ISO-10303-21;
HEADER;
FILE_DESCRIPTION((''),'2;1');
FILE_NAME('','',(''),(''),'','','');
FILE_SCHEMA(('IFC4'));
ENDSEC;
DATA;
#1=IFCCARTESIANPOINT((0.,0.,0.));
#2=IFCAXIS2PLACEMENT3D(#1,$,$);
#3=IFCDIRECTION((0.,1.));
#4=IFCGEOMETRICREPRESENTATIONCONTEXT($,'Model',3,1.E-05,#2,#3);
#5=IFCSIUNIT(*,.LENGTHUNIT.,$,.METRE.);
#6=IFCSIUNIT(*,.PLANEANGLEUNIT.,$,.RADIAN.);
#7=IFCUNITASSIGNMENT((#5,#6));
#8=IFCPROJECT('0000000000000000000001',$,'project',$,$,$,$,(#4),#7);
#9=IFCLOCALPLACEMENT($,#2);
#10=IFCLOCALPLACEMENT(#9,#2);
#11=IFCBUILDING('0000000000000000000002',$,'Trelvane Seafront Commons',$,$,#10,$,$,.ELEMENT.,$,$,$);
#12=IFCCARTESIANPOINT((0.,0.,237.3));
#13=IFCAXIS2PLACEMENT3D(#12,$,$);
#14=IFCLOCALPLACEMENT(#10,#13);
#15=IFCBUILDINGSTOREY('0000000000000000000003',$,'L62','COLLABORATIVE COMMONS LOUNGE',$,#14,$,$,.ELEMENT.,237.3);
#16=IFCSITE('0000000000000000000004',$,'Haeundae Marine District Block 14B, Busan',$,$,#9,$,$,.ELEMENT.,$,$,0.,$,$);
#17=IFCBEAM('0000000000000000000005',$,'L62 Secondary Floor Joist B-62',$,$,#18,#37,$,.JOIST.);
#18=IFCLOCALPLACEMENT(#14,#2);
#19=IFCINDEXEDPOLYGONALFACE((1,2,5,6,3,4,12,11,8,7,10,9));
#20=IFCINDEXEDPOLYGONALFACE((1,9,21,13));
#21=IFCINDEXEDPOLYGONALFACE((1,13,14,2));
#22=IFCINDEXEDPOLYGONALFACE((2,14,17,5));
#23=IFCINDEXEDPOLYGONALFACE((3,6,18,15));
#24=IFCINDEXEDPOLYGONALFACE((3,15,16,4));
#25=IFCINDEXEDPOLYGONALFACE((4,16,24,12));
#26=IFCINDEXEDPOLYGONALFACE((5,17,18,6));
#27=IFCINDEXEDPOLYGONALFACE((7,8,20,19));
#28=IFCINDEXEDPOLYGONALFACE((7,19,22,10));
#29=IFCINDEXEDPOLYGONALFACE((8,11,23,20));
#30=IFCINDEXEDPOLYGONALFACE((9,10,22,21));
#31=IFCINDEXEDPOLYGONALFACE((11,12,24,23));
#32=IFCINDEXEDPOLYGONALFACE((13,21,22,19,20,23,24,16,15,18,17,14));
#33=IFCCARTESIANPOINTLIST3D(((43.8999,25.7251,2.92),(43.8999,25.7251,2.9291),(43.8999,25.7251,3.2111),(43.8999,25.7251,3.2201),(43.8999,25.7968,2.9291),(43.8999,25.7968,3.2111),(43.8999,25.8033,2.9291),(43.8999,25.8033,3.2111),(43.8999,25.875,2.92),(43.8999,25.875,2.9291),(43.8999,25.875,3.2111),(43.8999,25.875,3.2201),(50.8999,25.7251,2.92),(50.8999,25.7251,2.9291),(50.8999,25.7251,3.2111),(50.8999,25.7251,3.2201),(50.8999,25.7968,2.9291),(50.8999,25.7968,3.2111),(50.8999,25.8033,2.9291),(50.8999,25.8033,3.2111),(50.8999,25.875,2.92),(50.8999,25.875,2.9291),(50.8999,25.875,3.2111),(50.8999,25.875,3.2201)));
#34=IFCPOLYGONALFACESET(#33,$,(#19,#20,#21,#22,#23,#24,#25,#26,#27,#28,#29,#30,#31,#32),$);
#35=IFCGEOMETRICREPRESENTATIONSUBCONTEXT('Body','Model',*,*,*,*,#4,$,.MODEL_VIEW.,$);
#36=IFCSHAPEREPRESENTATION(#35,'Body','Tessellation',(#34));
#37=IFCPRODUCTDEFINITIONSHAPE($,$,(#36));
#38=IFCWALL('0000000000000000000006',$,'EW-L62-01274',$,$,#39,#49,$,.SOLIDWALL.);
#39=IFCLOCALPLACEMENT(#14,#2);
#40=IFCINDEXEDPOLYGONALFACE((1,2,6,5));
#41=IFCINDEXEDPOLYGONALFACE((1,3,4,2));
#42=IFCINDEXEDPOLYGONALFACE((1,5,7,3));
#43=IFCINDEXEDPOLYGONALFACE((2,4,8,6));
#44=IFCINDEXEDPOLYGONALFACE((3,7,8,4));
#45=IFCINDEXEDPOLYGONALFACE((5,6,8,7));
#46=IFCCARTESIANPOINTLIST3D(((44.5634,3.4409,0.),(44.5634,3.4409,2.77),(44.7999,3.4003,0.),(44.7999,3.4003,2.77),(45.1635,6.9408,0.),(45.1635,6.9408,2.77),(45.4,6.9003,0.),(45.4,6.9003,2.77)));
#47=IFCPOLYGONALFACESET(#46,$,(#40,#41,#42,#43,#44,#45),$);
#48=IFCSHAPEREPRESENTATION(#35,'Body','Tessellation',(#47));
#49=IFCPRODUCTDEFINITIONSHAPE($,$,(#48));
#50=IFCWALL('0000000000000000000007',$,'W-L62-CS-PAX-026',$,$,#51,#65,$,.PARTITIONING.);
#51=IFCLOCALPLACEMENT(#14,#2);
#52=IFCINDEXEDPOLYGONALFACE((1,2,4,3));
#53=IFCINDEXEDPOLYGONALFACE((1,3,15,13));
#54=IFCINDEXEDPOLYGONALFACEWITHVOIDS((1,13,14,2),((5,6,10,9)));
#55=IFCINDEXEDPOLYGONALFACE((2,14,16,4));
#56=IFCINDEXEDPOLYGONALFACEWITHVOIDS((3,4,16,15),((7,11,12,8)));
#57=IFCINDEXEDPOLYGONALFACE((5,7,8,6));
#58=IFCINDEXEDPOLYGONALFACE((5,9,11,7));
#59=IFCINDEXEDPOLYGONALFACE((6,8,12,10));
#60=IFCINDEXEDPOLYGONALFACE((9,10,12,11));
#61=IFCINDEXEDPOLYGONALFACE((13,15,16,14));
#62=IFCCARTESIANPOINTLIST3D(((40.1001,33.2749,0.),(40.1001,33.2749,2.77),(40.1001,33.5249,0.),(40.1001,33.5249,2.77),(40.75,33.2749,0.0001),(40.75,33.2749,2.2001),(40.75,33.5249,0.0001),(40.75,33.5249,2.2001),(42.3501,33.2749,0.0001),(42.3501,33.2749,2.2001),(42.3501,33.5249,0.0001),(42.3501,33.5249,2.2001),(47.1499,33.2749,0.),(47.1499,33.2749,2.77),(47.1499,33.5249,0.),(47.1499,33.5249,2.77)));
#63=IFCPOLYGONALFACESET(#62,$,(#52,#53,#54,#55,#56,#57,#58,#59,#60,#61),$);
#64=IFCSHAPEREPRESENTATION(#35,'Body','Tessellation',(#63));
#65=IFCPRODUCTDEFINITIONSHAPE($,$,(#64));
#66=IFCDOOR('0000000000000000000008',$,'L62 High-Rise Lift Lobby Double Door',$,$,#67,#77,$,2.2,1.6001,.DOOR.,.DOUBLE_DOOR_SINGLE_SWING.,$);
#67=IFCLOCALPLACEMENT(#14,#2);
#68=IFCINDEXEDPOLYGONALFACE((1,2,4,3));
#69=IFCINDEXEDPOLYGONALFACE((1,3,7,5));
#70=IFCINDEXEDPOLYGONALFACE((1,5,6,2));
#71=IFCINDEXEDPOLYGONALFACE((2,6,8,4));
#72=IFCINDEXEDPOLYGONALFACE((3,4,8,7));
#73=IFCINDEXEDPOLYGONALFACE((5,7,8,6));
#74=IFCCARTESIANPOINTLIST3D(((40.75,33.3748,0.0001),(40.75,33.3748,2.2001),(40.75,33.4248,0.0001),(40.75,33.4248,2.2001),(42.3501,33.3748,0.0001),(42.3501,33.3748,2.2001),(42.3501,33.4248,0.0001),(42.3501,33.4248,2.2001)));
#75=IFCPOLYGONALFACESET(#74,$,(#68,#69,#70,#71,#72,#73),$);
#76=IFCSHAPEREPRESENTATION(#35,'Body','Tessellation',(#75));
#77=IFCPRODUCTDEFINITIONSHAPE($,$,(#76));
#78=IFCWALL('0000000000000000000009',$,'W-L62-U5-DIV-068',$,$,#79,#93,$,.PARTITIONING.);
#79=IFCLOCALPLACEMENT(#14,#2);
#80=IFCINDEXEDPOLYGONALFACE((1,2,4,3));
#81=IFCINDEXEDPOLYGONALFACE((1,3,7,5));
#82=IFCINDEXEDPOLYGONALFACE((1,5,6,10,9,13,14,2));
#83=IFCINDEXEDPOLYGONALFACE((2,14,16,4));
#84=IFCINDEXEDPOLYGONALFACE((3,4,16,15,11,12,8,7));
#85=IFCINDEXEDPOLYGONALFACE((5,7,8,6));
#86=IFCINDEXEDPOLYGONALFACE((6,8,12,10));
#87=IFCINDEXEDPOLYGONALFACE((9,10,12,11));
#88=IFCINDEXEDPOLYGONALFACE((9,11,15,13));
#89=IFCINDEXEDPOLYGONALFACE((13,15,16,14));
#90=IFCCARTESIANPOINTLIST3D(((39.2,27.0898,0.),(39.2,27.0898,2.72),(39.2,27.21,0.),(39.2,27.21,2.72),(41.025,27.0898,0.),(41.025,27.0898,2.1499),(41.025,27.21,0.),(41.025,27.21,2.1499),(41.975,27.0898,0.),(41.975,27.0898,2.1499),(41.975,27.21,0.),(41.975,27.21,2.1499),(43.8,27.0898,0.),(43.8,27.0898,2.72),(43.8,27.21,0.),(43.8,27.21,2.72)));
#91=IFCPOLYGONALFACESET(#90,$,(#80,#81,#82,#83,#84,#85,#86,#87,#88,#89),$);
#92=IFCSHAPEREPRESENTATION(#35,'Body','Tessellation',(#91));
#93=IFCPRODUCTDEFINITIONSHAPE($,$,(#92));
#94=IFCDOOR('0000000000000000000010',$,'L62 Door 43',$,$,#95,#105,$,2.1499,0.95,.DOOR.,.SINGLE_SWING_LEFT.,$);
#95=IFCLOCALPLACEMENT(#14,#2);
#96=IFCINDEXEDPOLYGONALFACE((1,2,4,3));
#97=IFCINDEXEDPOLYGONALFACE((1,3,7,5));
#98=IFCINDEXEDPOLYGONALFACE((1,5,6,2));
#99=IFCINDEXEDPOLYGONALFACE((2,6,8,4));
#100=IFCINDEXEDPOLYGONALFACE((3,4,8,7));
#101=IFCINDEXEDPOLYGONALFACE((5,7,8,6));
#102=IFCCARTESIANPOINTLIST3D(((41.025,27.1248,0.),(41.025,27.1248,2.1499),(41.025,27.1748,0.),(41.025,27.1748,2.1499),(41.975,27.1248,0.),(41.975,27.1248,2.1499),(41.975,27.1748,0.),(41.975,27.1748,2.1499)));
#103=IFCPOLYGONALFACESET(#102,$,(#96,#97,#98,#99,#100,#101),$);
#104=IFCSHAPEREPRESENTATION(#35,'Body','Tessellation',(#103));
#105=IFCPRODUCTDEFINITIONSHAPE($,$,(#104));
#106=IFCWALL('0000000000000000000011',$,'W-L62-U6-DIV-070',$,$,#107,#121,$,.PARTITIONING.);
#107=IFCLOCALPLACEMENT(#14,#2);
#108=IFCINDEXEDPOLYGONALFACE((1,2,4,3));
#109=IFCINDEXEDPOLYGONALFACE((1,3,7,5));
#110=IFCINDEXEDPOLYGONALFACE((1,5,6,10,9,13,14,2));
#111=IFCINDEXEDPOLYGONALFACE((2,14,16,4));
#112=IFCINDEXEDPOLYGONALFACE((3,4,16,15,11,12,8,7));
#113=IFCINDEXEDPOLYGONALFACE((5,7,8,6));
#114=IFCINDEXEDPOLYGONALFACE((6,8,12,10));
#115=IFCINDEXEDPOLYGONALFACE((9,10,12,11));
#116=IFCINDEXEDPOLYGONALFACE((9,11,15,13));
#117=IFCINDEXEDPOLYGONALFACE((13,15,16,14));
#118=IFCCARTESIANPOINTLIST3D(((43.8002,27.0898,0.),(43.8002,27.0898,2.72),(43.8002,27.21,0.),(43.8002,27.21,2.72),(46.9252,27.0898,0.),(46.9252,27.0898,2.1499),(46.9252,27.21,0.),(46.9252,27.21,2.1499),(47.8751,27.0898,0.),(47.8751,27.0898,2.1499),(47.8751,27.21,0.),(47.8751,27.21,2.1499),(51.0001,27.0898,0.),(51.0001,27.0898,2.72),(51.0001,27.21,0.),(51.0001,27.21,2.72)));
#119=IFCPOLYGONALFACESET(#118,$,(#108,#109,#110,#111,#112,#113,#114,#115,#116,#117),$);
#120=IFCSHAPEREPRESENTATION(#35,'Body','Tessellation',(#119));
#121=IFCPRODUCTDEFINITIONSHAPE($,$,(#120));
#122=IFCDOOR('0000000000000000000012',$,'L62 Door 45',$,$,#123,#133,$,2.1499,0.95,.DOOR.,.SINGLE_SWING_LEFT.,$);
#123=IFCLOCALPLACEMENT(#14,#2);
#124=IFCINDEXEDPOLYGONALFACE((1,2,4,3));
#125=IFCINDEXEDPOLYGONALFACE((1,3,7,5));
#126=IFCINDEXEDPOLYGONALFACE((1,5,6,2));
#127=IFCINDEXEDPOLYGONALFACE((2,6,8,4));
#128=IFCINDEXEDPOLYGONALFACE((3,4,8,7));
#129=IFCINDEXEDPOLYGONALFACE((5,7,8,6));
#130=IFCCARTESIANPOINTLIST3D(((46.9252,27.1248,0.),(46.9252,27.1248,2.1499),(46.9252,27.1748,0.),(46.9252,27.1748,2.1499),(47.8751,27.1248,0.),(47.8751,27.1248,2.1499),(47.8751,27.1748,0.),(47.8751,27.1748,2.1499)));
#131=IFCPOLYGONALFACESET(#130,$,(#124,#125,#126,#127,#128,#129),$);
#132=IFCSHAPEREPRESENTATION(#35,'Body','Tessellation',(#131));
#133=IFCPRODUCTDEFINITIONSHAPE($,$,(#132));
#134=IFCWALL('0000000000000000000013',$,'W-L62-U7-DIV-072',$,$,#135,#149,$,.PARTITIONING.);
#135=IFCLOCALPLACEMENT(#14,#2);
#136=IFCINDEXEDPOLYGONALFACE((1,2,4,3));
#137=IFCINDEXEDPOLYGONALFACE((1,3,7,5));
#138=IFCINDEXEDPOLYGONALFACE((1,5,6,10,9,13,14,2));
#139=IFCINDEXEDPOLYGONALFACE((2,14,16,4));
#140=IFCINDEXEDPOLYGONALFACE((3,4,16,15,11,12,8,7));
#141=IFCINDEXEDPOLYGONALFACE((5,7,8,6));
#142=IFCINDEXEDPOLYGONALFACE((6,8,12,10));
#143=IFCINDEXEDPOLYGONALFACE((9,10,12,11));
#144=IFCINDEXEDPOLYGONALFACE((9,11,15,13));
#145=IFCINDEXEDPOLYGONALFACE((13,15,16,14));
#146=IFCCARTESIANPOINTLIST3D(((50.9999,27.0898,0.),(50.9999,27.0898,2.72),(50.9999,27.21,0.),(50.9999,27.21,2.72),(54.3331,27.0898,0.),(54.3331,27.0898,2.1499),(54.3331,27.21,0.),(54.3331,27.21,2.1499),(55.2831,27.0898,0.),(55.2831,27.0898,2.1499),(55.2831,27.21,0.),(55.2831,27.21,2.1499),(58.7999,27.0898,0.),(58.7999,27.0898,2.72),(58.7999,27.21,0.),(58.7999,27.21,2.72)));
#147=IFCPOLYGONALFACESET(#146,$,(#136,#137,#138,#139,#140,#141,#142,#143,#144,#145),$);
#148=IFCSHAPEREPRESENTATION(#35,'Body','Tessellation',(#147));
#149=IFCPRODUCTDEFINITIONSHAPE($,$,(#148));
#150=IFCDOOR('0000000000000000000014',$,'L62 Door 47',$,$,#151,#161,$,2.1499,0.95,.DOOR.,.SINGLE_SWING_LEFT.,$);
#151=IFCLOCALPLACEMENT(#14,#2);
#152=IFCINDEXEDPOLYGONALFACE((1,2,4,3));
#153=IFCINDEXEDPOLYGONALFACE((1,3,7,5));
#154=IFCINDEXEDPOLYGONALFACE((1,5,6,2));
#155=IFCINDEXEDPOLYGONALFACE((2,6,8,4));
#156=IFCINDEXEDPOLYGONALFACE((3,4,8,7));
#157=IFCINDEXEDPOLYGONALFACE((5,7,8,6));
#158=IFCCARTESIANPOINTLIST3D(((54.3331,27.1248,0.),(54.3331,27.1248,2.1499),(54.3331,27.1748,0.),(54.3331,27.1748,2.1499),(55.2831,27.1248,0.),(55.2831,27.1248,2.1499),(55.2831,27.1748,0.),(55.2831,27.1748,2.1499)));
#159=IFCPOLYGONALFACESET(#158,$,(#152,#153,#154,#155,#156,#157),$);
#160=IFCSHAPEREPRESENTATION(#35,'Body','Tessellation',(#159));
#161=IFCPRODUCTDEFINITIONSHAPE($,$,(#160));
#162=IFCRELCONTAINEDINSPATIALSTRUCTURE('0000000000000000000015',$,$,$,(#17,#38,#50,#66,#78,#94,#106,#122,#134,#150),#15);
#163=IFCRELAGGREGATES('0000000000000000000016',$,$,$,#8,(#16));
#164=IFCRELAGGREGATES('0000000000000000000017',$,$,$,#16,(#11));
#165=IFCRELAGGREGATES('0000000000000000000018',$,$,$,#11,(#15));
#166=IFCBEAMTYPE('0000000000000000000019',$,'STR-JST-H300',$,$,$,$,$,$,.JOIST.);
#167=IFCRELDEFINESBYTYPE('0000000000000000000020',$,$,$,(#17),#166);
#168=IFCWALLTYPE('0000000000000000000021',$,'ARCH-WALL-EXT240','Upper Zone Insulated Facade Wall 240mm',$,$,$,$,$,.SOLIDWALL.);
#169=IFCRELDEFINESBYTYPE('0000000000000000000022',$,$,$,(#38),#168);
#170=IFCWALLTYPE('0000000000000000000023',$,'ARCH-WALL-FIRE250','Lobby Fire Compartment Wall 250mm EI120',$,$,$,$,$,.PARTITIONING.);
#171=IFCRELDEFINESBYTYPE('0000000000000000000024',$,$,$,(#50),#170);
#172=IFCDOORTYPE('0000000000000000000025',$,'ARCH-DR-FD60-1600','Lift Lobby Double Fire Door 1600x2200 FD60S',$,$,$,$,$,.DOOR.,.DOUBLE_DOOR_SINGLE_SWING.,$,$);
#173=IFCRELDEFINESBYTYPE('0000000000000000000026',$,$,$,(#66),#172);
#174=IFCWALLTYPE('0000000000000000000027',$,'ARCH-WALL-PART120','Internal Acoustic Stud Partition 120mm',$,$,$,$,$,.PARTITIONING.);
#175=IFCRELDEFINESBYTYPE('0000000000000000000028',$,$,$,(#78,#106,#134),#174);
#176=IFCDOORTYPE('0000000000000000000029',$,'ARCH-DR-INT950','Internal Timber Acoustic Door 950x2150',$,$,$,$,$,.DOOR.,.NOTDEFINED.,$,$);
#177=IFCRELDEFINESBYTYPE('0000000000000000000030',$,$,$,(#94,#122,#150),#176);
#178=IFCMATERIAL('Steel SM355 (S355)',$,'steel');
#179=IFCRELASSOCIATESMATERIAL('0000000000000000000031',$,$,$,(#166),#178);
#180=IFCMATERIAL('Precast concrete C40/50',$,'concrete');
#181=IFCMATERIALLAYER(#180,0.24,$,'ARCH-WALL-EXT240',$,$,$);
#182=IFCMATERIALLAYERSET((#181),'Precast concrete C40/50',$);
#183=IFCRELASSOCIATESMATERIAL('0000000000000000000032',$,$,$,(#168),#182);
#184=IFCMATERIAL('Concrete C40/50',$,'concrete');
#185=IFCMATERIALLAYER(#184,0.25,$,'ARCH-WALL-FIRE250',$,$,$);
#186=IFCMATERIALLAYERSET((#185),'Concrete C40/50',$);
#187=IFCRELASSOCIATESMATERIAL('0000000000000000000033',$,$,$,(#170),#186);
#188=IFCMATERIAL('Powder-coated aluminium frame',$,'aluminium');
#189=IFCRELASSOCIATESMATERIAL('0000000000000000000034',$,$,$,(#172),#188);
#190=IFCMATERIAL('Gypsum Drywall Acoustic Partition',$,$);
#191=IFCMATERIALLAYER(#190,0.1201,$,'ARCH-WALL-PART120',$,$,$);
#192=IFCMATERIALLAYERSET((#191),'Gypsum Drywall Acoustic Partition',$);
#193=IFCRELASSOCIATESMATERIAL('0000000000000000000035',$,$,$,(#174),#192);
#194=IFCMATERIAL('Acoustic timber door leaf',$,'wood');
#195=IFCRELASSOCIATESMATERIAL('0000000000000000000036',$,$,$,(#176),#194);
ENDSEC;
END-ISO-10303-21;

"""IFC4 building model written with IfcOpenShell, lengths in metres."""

from ifc_helpers import new_model, si_unit, direction, frame, frame_2d, origin, origin_2d, place, context, subcontext, project, spatial, rectangle, i_section, extrude, source, transform, mapped, material, layer, layer_set, material_profile, profile_set, type_object, element, fill, save


model = new_model("IFC4")

# Units and contexts
model_context = context("Model", 3, precision=1e-05, world=origin(), true_north=direction((0.0, 1.0)))
body_context = subcontext(model_context, "Body", "Model", "MODEL_VIEW")
ifc_project = project(units=[si_unit("LENGTHUNIT", "METRE"), si_unit("PLANEANGLEUNIT", "RADIAN")], contexts=[model_context])

# Site, building, storey
site_placement = place(None, origin())
site = spatial("IfcSite", under=ifc_project, at=site_placement, Name="Haeundae Marine District Block 14B, Busan", CompositionType="ELEMENT", RefElevation=0.0)
building_placement = place(site_placement, origin())
building = spatial("IfcBuilding", under=site, at=building_placement, Name="Trelvane Seafront Commons", CompositionType="ELEMENT")
storey_placement = place(building_placement, frame((0.0, 0.0, 237.3)))
storey = spatial("IfcBuildingStorey", under=building, at=storey_placement, Name="L62", Description="COLLABORATIVE COMMONS LOUNGE", CompositionType="ELEMENT", Elevation=237.3)

# Shared definitions
ifc_material_1 = material(Name="Steel SM355 (S355)", Category="steel")

# Beam
ifc_material_profile_1 = material_profile(ifc_material_1, i_section(OverallWidth=0.1499, OverallDepth=0.3, WebThickness=0.0066, FlangeThickness=0.009, at=origin_2d()), Name="H-300x150x6.5x9")
ifc_profile_set_1 = profile_set([ifc_material_profile_1], Name="Steel SM355 (S355)")
beam_type_1 = type_object("IfcBeamType", Name="STR-JST-H300", PredefinedType="JOIST", material=ifc_profile_set_1)
shared_shape_1 = source(origin(), body_context, "Body", "SweptSolid", [
    extrude(i_section(OverallWidth=0.1499, OverallDepth=0.3, WebThickness=0.0066, FlangeThickness=0.009, at=origin_2d()), origin(), (0.0, 0.0, 1.0), 7.0),
])
beam_1_placement = place(storey_placement, frame((43.8999, 25.8, 3.0701), z_axis=(1.0, 0.0, 0.0), x_axis=(0.0, 1.0, 0.0)))
element("IfcBeam", 1, at=beam_1_placement, inside=storey, type_object=beam_type_1, Name="L62 Secondary Floor Joist B-62", PredefinedType="JOIST", context=body_context, shape_type="MappedRepresentation", body=[
    mapped(shared_shape_1, transform((0.0, 0.0, 0.0), x_axis=(1.0, 0.0, 0.0), y_axis=(0.0, 1.0, 0.0), z_axis=(0.0, 0.0, 1.0), scale=1.0)),
])

# Wall
ifc_material_2 = material(Name="Precast concrete C40/50", Category="concrete")
ifc_layer_1 = layer(ifc_material_2, 0.24, Name="ARCH-WALL-EXT240")
ifc_layer_set_1 = layer_set([ifc_layer_1], Name="Precast concrete C40/50")
wall_type_1 = type_object("IfcWallType", Name="ARCH-WALL-EXT240", Description="Upper Zone Insulated Facade Wall 240mm", PredefinedType="SOLIDWALL", material=ifc_layer_set_1)
wall_1_placement = place(storey_placement, frame((45.2817, 6.9204, 0.0), z_axis=(0.0, 0.0, 1.0), x_axis=(-0.168991, -0.985618, 0.0)))
element("IfcWall", 2, at=wall_1_placement, inside=storey, type_object=wall_type_1, Name="EW-L62-01274", PredefinedType="SOLIDWALL", context=body_context, shape_type="SweptSolid", body=[
    extrude(rectangle(XDim=3.551, YDim=0.24, at=frame_2d((1.7754, 0.0))), origin(), (0.0, 0.0, 1.0), 2.77),
])

# Wall, opening, door
ifc_material_3 = material(Name="Concrete C40/50", Category="concrete")
ifc_layer_2 = layer(ifc_material_3, 0.25, Name="ARCH-WALL-FIRE250")
ifc_layer_set_2 = layer_set([ifc_layer_2], Name="Concrete C40/50")
wall_type_2 = type_object("IfcWallType", Name="ARCH-WALL-FIRE250", Description="Lobby Fire Compartment Wall 250mm EI120", PredefinedType="PARTITIONING", material=ifc_layer_set_2)
wall_2_placement = place(storey_placement, frame((40.1001, 33.3999, 0.0), z_axis=(0.0, 0.0, 1.0), x_axis=(1.0, 0.0, 0.0)))
wall_2 = element("IfcWall", 3, at=wall_2_placement, inside=storey, type_object=wall_type_2, Name="W-L62-CS-PAX-026", PredefinedType="PARTITIONING", context=body_context, shape_type="SweptSolid", body=[
    extrude(rectangle(XDim=7.0498, YDim=0.25, at=frame_2d((3.5249, 0.0))), origin(), (0.0, 0.0, 1.0), 2.77),
])
opening_1_placement = place(wall_2_placement, frame((0.6499, 0.0, 0.0)))
opening_1 = element("IfcOpeningElement", 4, at=opening_1_placement, cuts=wall_2, PredefinedType="OPENING", context=body_context, shape_type="SweptSolid", body=[
    extrude(rectangle(XDim=1.6001, YDim=2.2, at=frame_2d((0.8, 1.1001))), frame((0.0, 0.135, 0.0), z_axis=(0.0, -1.0, 0.0), x_axis=(1.0, 0.0, 0.0)), (0.0, 0.0, 1.0), 0.27),
])
ifc_material_4 = material(Name="Powder-coated aluminium frame", Category="aluminium")
door_type_1 = type_object("IfcDoorType", Name="ARCH-DR-FD60-1600", Description="Lift Lobby Double Fire Door 1600x2200 FD60S", OperationType="DOUBLE_DOOR_SINGLE_SWING", PredefinedType="DOOR", material=ifc_material_4)
shared_shape_2 = source(origin(), body_context, "Body", "SweptSolid", [
    extrude(rectangle(XDim=1.6001, YDim=2.2, at=frame_2d((0.8, 1.1001))), frame((0.0, 0.0249, 0.0), z_axis=(0.0, -1.0, 0.0), x_axis=(1.0, 0.0, 0.0)), (0.0, 0.0, 1.0), 0.05),
])
door_1_placement = place(opening_1_placement, origin())
door_1 = element("IfcDoor", 5, at=door_1_placement, inside=storey, type_object=door_type_1, Name="L62 High-Rise Lift Lobby Double Door", OperationType="DOUBLE_DOOR_SINGLE_SWING", OverallHeight=2.2, OverallWidth=1.6001, PredefinedType="DOOR", context=body_context, shape_type="MappedRepresentation", body=[
    mapped(shared_shape_2, transform((0.0, 0.0, 0.0), x_axis=(1.0, 0.0, 0.0), y_axis=(0.0, 1.0, 0.0), z_axis=(0.0, 0.0, 1.0), scale=1.0)),
])
fill(opening_1, door_1)

# Shared definitions
shared_shape_3 = source(origin(), body_context, "Body", "SweptSolid", [
    extrude(rectangle(XDim=0.95, YDim=2.1499, at=frame_2d((0.4751, 1.075))), frame((0.0, 0.0249, 0.0), z_axis=(0.0, -1.0, 0.0), x_axis=(1.0, 0.0, 0.0)), (0.0, 0.0, 1.0), 0.05),
])

# Walls, openings, doors
ifc_material_5 = material(Name="Gypsum Drywall Acoustic Partition")
ifc_layer_3 = layer(ifc_material_5, 0.1201, Name="ARCH-WALL-PART120")
ifc_layer_set_3 = layer_set([ifc_layer_3], Name="Gypsum Drywall Acoustic Partition")
wall_type_3 = type_object("IfcWallType", Name="ARCH-WALL-PART120", Description="Internal Acoustic Stud Partition 120mm", PredefinedType="PARTITIONING", material=ifc_layer_set_3)
wall_3_placement = place(storey_placement, frame((39.2, 27.1499, 0.0), z_axis=(0.0, 0.0, 1.0), x_axis=(1.0, 0.0, 0.0)))
wall_3 = element("IfcWall", 6, at=wall_3_placement, inside=storey, type_object=wall_type_3, Name="W-L62-U5-DIV-068", PredefinedType="PARTITIONING", context=body_context, shape_type="SweptSolid", body=[
    extrude(rectangle(XDim=4.6001, YDim=0.1201, at=frame_2d((2.3, 0.0))), origin(), (0.0, 0.0, 1.0), 2.72),
])
opening_2_placement = place(wall_3_placement, frame((1.825, 0.0, 0.0)))
opening_2 = element("IfcOpeningElement", 7, at=opening_2_placement, cuts=wall_3, PredefinedType="OPENING", context=body_context, shape_type="SweptSolid", body=[
    extrude(rectangle(XDim=0.95, YDim=2.1499, at=frame_2d((0.4751, 1.075))), frame((0.0, 0.0701, 0.0), z_axis=(0.0, -1.0, 0.0), x_axis=(1.0, 0.0, 0.0)), (0.0, 0.0, 1.0), 0.1401),
])
ifc_material_6 = material(Name="Acoustic timber door leaf", Category="wood")
door_type_2 = type_object("IfcDoorType", Name="ARCH-DR-INT950", Description="Internal Timber Acoustic Door 950x2150", OperationType="NOTDEFINED", PredefinedType="DOOR", material=ifc_material_6)
door_2_placement = place(opening_2_placement, origin())
door_2 = element("IfcDoor", 8, at=door_2_placement, inside=storey, type_object=door_type_2, Name="L62 Door 43", OperationType="SINGLE_SWING_LEFT", OverallHeight=2.1499, OverallWidth=0.95, PredefinedType="DOOR", context=body_context, shape_type="MappedRepresentation", body=[
    mapped(shared_shape_3, transform((0.0, 0.0, 0.0), x_axis=(1.0, 0.0, 0.0), y_axis=(0.0, 1.0, 0.0), z_axis=(0.0, 0.0, 1.0), scale=1.0)),
])
fill(opening_2, door_2)
wall_4_placement = place(storey_placement, frame((43.8, 27.1499, 0.0), z_axis=(0.0, 0.0, 1.0), x_axis=(1.0, 0.0, 0.0)))
wall_4 = element("IfcWall", 9, at=wall_4_placement, inside=storey, type_object=wall_type_3, Name="W-L62-U6-DIV-070", PredefinedType="PARTITIONING", context=body_context, shape_type="SweptSolid", body=[
    extrude(rectangle(XDim=7.2, YDim=0.1201, at=frame_2d((3.6001, 0.0))), origin(), (0.0, 0.0, 1.0), 2.72),
])
opening_3_placement = place(wall_4_placement, frame((3.125, 0.0, 0.0)))
opening_3 = element("IfcOpeningElement", 10, at=opening_3_placement, cuts=wall_4, PredefinedType="OPENING", context=body_context, shape_type="SweptSolid", body=[
    extrude(rectangle(XDim=0.95, YDim=2.1499, at=frame_2d((0.4751, 1.075))), frame((0.0, 0.0701, 0.0), z_axis=(0.0, -1.0, 0.0), x_axis=(1.0, 0.0, 0.0)), (0.0, 0.0, 1.0), 0.1401),
])
door_3_placement = place(opening_3_placement, origin())
door_3 = element("IfcDoor", 11, at=door_3_placement, inside=storey, type_object=door_type_2, Name="L62 Door 45", OperationType="SINGLE_SWING_LEFT", OverallHeight=2.1499, OverallWidth=0.95, PredefinedType="DOOR", context=body_context, shape_type="MappedRepresentation", body=[
    mapped(shared_shape_3, transform((0.0, 0.0, 0.0), x_axis=(1.0, 0.0, 0.0), y_axis=(0.0, 1.0, 0.0), z_axis=(0.0, 0.0, 1.0), scale=1.0)),
])
fill(opening_3, door_3)
wall_5_placement = place(storey_placement, frame((51.0, 27.1499, 0.0), z_axis=(0.0, 0.0, 1.0), x_axis=(1.0, 0.0, 0.0)))
wall_5 = element("IfcWall", 12, at=wall_5_placement, inside=storey, type_object=wall_type_3, Name="W-L62-U7-DIV-072", PredefinedType="PARTITIONING", context=body_context, shape_type="SweptSolid", body=[
    extrude(rectangle(XDim=7.8, YDim=0.1201, at=frame_2d((3.8999, 0.0))), origin(), (0.0, 0.0, 1.0), 2.72),
])
opening_4_placement = place(wall_5_placement, frame((3.333, 0.0, 0.0)))
opening_4 = element("IfcOpeningElement", 13, at=opening_4_placement, cuts=wall_5, PredefinedType="OPENING", context=body_context, shape_type="SweptSolid", body=[
    extrude(rectangle(XDim=0.95, YDim=2.1499, at=frame_2d((0.4751, 1.075))), frame((0.0, 0.0701, 0.0), z_axis=(0.0, -1.0, 0.0), x_axis=(1.0, 0.0, 0.0)), (0.0, 0.0, 1.0), 0.1401),
])
door_4_placement = place(opening_4_placement, origin())
door_4 = element("IfcDoor", 14, at=door_4_placement, inside=storey, type_object=door_type_2, Name="L62 Door 47", OperationType="SINGLE_SWING_LEFT", OverallHeight=2.1499, OverallWidth=0.95, PredefinedType="DOOR", context=body_context, shape_type="MappedRepresentation", body=[
    mapped(shared_shape_3, transform((0.0, 0.0, 0.0), x_axis=(1.0, 0.0, 0.0), y_axis=(0.0, 1.0, 0.0), z_axis=(0.0, 0.0, 1.0), scale=1.0)),
])
fill(opening_4, door_4)

save(model, "model.ifc")
